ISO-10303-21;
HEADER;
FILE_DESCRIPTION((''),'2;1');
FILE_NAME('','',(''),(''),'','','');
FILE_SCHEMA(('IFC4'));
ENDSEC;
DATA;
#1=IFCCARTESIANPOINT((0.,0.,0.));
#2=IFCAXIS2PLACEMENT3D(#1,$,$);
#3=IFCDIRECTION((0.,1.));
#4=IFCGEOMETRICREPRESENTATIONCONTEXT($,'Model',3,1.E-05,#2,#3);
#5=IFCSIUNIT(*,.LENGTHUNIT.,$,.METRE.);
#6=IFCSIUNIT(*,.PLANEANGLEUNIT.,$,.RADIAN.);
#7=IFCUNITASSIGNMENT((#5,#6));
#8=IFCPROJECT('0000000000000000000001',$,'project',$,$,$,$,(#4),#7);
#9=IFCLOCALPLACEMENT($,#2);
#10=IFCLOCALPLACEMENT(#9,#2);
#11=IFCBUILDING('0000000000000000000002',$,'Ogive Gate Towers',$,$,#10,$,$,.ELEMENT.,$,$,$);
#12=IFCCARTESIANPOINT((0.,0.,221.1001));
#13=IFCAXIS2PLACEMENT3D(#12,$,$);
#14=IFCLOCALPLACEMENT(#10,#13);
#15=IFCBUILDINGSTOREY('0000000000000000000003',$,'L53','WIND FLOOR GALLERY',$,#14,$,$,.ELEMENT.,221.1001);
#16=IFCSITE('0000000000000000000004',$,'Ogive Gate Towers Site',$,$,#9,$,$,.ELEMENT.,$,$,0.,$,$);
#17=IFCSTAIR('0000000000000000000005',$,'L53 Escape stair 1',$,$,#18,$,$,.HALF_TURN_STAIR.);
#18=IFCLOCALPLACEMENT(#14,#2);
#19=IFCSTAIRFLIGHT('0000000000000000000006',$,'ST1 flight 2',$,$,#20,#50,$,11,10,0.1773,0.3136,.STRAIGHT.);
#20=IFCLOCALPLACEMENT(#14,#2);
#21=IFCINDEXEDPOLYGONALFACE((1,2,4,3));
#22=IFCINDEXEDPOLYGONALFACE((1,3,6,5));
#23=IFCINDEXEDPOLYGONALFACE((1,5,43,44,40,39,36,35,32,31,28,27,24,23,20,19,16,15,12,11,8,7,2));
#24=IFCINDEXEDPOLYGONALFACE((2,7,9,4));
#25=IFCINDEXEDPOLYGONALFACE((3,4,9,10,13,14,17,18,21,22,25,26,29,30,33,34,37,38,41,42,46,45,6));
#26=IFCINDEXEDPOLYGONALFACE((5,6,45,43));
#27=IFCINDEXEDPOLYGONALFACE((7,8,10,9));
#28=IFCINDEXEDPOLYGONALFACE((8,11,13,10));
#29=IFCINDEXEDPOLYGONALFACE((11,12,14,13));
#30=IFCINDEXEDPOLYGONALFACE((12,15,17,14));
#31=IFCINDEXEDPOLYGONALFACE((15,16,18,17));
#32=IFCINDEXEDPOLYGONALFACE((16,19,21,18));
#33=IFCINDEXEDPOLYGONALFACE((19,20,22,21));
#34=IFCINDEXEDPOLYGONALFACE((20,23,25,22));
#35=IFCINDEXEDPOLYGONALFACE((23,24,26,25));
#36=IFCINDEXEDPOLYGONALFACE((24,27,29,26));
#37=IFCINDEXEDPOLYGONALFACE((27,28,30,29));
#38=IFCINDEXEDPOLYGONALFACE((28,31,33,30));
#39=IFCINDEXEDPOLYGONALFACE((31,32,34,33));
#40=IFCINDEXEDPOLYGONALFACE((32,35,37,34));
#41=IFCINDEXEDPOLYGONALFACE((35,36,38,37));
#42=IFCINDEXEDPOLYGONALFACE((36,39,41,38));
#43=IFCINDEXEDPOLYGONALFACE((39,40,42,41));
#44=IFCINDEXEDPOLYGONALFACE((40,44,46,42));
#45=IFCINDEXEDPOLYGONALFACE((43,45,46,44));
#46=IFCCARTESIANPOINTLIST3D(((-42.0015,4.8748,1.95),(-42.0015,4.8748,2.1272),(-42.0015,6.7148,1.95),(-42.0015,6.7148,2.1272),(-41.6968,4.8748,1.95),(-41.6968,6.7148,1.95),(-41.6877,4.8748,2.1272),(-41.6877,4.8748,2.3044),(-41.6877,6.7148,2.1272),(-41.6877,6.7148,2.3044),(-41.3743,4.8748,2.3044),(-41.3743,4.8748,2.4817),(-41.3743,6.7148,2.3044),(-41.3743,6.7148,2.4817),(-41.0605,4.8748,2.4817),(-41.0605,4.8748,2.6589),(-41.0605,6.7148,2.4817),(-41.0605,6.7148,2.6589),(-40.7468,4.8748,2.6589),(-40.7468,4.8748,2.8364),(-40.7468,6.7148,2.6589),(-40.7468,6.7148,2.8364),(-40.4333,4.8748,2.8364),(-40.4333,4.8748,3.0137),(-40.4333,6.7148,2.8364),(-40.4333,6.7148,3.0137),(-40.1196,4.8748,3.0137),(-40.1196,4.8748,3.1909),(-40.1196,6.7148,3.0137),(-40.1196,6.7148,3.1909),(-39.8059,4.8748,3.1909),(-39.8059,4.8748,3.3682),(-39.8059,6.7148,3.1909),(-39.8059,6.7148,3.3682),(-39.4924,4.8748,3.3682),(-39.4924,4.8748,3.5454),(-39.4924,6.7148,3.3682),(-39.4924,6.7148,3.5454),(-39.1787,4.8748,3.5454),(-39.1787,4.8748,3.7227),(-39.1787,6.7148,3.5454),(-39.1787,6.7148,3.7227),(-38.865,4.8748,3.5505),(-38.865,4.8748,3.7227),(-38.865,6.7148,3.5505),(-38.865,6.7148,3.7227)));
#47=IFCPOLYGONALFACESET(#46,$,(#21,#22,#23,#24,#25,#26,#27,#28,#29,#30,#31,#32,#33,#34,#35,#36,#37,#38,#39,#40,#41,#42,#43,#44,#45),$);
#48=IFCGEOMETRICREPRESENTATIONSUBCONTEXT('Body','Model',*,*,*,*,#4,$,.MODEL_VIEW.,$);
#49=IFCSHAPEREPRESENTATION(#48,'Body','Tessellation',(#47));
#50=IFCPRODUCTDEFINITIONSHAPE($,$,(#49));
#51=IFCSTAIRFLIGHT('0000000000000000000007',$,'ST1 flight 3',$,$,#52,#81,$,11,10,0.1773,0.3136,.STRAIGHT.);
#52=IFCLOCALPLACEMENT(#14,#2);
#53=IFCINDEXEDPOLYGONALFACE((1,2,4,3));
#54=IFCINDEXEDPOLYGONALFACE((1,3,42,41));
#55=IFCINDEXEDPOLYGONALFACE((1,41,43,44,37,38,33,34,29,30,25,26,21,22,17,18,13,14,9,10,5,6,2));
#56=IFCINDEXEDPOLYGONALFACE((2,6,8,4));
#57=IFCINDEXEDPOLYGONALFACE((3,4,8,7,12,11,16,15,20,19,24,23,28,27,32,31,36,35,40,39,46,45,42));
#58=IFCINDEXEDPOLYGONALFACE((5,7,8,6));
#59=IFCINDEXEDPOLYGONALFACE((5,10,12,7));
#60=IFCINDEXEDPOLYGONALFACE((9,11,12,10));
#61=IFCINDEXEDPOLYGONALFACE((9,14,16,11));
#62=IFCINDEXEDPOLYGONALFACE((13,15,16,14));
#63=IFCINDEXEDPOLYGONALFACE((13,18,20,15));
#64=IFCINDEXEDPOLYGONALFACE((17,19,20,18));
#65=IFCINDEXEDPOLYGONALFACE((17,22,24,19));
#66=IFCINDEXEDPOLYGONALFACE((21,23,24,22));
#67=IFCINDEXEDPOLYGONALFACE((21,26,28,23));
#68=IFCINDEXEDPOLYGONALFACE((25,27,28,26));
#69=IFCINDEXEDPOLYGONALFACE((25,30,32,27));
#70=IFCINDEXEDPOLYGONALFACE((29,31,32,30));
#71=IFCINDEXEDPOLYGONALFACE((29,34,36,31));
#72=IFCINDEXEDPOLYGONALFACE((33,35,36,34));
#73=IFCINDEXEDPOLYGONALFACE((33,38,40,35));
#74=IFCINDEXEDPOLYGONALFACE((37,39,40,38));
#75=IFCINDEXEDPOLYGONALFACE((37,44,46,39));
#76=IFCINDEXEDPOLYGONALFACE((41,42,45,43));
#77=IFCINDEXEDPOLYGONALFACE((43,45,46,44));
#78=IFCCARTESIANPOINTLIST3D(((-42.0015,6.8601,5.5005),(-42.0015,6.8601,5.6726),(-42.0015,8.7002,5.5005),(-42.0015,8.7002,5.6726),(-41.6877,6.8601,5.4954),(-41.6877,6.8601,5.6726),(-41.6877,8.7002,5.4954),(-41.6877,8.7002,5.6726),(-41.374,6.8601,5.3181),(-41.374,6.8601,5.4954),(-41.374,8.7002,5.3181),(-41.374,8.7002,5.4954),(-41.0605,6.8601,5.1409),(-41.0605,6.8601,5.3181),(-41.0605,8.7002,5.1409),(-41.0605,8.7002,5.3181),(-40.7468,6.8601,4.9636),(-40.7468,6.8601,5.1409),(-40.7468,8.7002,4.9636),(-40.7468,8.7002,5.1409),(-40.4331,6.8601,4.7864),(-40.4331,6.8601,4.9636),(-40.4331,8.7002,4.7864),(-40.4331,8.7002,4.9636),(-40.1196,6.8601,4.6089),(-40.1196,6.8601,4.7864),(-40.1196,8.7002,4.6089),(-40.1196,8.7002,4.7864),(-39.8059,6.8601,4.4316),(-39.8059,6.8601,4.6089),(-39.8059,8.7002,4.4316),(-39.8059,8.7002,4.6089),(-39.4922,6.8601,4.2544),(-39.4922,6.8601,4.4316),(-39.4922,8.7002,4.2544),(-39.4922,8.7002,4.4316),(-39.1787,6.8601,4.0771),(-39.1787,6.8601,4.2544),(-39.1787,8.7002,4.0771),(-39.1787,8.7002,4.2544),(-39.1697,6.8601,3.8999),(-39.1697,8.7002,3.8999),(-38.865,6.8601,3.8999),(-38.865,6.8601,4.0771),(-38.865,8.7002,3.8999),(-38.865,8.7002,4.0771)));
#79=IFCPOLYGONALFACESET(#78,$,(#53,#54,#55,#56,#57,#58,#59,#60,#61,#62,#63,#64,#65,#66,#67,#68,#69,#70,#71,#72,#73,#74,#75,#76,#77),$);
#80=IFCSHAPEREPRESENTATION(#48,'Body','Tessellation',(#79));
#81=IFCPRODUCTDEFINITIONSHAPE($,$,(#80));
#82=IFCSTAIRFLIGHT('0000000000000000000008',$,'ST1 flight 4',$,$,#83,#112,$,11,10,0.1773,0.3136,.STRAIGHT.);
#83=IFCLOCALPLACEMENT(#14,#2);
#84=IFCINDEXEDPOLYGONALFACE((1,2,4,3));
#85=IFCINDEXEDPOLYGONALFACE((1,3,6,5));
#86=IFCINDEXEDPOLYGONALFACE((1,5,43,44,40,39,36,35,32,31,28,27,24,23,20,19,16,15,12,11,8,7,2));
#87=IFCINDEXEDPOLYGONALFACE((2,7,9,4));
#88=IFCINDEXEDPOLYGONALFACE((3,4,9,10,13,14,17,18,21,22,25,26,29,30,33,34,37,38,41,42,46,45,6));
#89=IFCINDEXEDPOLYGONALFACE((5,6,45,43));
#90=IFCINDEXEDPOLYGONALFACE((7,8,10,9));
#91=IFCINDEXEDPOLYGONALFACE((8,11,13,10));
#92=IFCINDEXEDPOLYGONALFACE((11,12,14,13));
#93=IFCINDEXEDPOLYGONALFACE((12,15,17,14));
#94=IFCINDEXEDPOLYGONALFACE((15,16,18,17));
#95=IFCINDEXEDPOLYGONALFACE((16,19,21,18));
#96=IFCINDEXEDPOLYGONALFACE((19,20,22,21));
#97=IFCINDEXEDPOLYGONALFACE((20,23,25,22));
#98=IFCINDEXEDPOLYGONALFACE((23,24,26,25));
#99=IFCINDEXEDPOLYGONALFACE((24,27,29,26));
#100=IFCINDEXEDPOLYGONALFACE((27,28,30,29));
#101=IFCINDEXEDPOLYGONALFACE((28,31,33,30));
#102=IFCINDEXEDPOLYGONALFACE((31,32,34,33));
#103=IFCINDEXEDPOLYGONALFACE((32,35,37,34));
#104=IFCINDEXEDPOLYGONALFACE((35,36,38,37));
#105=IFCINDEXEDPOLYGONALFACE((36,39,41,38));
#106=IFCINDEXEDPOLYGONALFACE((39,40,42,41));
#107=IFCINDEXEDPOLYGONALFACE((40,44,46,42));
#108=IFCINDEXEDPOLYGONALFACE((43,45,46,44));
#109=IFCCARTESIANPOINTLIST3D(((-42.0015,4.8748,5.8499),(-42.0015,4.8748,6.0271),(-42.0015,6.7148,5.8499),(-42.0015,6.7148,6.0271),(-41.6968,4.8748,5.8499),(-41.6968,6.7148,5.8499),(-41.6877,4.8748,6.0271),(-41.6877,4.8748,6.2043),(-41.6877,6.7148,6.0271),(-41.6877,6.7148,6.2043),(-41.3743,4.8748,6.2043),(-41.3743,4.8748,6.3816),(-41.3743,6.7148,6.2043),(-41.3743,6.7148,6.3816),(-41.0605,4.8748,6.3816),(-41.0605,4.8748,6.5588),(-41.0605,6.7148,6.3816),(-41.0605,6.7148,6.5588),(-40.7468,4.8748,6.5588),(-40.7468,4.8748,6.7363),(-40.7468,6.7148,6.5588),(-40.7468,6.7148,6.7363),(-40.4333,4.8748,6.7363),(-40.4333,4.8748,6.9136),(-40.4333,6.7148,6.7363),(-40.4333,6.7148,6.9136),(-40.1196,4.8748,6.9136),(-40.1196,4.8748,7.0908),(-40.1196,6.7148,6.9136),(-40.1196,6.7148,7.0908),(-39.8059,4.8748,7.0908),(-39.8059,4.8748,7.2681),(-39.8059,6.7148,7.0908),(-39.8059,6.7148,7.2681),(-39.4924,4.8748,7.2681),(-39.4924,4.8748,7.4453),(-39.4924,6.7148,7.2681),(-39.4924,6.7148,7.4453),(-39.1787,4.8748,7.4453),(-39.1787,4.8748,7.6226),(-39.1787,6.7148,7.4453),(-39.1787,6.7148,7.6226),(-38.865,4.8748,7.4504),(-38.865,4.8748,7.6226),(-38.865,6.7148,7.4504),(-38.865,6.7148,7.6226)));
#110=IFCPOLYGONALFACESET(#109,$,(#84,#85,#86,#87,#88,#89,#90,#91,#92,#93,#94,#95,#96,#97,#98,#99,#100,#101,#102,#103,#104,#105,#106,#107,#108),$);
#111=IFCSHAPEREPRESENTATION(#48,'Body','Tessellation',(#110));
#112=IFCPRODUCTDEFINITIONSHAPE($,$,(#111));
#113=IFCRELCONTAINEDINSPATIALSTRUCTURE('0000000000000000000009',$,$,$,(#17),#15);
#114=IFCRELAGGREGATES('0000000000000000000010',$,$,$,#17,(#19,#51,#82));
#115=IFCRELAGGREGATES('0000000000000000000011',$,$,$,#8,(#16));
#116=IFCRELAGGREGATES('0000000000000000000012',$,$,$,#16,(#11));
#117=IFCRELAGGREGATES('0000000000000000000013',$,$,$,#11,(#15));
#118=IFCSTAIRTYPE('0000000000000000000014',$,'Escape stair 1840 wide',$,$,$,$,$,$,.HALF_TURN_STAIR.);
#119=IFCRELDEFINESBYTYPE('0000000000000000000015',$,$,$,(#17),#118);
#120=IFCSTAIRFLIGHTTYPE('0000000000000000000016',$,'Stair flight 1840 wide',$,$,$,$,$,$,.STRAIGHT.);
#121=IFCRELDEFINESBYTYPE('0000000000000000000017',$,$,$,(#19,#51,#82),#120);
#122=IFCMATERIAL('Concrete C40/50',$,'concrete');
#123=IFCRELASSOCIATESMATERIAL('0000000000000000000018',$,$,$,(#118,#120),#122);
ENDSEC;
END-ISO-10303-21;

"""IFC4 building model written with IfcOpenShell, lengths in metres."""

from ifc_helpers import new_model, si_unit, direction, frame, origin, place, context, subcontext, project, spatial, polyline, outline, extrude, material, type_object, element, aggregate, save


model = new_model("IFC4")

# Units and contexts
model_context = context("Model", 3, precision=1e-05, world=origin(), true_north=direction((0.0, 1.0)))
body_context = subcontext(model_context, "Body", "Model", "MODEL_VIEW")
ifc_project = project(units=[si_unit("LENGTHUNIT", "METRE"), si_unit("PLANEANGLEUNIT", "RADIAN")], contexts=[model_context])

# Site, building, storey
site_placement = place(None, origin())
site = spatial("IfcSite", under=ifc_project, at=site_placement, Name="Ogive Gate Towers Site", CompositionType="ELEMENT", RefElevation=0.0)
building_placement = place(site_placement, origin())
building = spatial("IfcBuilding", under=site, at=building_placement, Name="Ogive Gate Towers", CompositionType="ELEMENT")
storey_placement = place(building_placement, frame((0.0, 0.0, 221.1001)))
storey = spatial("IfcBuildingStorey", under=building, at=storey_placement, Name="L53", Description="WIND FLOOR GALLERY", CompositionType="ELEMENT", Elevation=221.1001)

# Shared definitions
ifc_material_1 = material(Name="Concrete C40/50", Category="concrete")

# Stair, stair flights
stair_type = type_object("IfcStairType", Name="Escape stair 1840 wide", PredefinedType="HALF_TURN_STAIR", material=ifc_material_1)
stair_placement = place(storey_placement, origin())
stair = element("IfcStair", 1, at=stair_placement, inside=storey, type_object=stair_type, Name="L53 Escape stair 1", PredefinedType="HALF_TURN_STAIR")
stair_flight_type = type_object("IfcStairFlightType", Name="Stair flight 1840 wide", PredefinedType="STRAIGHT", material=ifc_material_1)
stair_flight_1_placement = place(storey_placement, frame((-42.0015, 5.7949, 1.95), z_axis=(0.0, 0.0, 1.0), x_axis=(1.0, 0.0, 0.0)))
stair_flight_1 = element("IfcStairFlight", 2, at=stair_flight_1_placement, type_object=stair_flight_type, Name="ST1 flight 2", NumberOfRisers=11, NumberOfTreads=10, PredefinedType="STRAIGHT", RiserHeight=0.1773, TreadLength=0.3136, context=body_context, shape_type="SweptSolid", body=[
    extrude(outline(polyline([(0.0, 0.0), (0.0, 0.1772), (0.3137, 0.1772), (0.3137, 0.3545), (0.6272, 0.3545), (0.6272, 0.5317), (0.9409, 0.5317), (0.9409, 0.709), (1.2546, 0.709), (1.2546, 0.8865), (1.5681, 0.8865), (1.5681, 1.0637), (1.8818, 1.0637), (1.8818, 1.241), (2.1956, 1.241), (2.1956, 1.4182), (2.509, 1.4182), (2.509, 1.5955), (2.8228, 1.5955), (2.8228, 1.7727), (3.1365, 1.7727), (3.1365, 1.95), (3.1365, 1.6006), (0.3047, 0.0), (0.0, 0.0)])), frame((0.0, 0.9199, 0.0), z_axis=(0.0, -1.0, 0.0), x_axis=(1.0, 0.0, 0.0)), (0.0, 0.0, 1.0), 1.8401),
])
stair_flight_2_placement = place(storey_placement, frame((-38.865, 7.78, 3.8999), z_axis=(0.0, 0.0, 1.0), x_axis=(-1.0, 0.0, 0.0)))
stair_flight_2 = element("IfcStairFlight", 3, at=stair_flight_2_placement, type_object=stair_flight_type, Name="ST1 flight 3", NumberOfRisers=11, NumberOfTreads=10, PredefinedType="STRAIGHT", RiserHeight=0.1773, TreadLength=0.3136, context=body_context, shape_type="SweptSolid", body=[
    extrude(outline(polyline([(0.0, 0.0), (0.0, 0.1772), (0.3137, 0.1772), (0.3137, 0.3545), (0.6272, 0.3545), (0.6272, 0.5317), (0.9409, 0.5317), (0.9409, 0.709), (1.2546, 0.709), (1.2546, 0.8865), (1.5681, 0.8865), (1.5681, 1.0637), (1.8818, 1.0637), (1.8818, 1.241), (2.1956, 1.241), (2.1956, 1.4182), (2.509, 1.4182), (2.509, 1.5955), (2.8228, 1.5955), (2.8228, 1.7727), (3.1365, 1.7727), (3.1365, 1.95), (3.1365, 1.6006), (0.3047, 0.0), (0.0, 0.0)])), frame((0.0, 0.9199, 0.0), z_axis=(0.0, -1.0, 0.0), x_axis=(1.0, 0.0, 0.0)), (0.0, 0.0, 1.0), 1.8401),
])
stair_flight_3_placement = place(storey_placement, frame((-42.0015, 5.7949, 5.8499), z_axis=(0.0, 0.0, 1.0), x_axis=(1.0, 0.0, 0.0)))
stair_flight_3 = element("IfcStairFlight", 4, at=stair_flight_3_placement, type_object=stair_flight_type, Name="ST1 flight 4", NumberOfRisers=11, NumberOfTreads=10, PredefinedType="STRAIGHT", RiserHeight=0.1773, TreadLength=0.3136, context=body_context, shape_type="SweptSolid", body=[
    extrude(outline(polyline([(0.0, 0.0), (0.0, 0.1772), (0.3137, 0.1772), (0.3137, 0.3545), (0.6272, 0.3545), (0.6272, 0.5317), (0.9409, 0.5317), (0.9409, 0.709), (1.2546, 0.709), (1.2546, 0.8865), (1.5681, 0.8865), (1.5681, 1.0637), (1.8818, 1.0637), (1.8818, 1.241), (2.1956, 1.241), (2.1956, 1.4182), (2.509, 1.4182), (2.509, 1.5955), (2.8228, 1.5955), (2.8228, 1.7727), (3.1365, 1.7727), (3.1365, 1.95), (3.1365, 1.6006), (0.3047, 0.0), (0.0, 0.0)])), frame((0.0, 0.9199, 0.0), z_axis=(0.0, -1.0, 0.0), x_axis=(1.0, 0.0, 0.0)), (0.0, 0.0, 1.0), 1.8401),
])
aggregate(stair, [stair_flight_1, stair_flight_2, stair_flight_3])

save(model, "model.ifc")
